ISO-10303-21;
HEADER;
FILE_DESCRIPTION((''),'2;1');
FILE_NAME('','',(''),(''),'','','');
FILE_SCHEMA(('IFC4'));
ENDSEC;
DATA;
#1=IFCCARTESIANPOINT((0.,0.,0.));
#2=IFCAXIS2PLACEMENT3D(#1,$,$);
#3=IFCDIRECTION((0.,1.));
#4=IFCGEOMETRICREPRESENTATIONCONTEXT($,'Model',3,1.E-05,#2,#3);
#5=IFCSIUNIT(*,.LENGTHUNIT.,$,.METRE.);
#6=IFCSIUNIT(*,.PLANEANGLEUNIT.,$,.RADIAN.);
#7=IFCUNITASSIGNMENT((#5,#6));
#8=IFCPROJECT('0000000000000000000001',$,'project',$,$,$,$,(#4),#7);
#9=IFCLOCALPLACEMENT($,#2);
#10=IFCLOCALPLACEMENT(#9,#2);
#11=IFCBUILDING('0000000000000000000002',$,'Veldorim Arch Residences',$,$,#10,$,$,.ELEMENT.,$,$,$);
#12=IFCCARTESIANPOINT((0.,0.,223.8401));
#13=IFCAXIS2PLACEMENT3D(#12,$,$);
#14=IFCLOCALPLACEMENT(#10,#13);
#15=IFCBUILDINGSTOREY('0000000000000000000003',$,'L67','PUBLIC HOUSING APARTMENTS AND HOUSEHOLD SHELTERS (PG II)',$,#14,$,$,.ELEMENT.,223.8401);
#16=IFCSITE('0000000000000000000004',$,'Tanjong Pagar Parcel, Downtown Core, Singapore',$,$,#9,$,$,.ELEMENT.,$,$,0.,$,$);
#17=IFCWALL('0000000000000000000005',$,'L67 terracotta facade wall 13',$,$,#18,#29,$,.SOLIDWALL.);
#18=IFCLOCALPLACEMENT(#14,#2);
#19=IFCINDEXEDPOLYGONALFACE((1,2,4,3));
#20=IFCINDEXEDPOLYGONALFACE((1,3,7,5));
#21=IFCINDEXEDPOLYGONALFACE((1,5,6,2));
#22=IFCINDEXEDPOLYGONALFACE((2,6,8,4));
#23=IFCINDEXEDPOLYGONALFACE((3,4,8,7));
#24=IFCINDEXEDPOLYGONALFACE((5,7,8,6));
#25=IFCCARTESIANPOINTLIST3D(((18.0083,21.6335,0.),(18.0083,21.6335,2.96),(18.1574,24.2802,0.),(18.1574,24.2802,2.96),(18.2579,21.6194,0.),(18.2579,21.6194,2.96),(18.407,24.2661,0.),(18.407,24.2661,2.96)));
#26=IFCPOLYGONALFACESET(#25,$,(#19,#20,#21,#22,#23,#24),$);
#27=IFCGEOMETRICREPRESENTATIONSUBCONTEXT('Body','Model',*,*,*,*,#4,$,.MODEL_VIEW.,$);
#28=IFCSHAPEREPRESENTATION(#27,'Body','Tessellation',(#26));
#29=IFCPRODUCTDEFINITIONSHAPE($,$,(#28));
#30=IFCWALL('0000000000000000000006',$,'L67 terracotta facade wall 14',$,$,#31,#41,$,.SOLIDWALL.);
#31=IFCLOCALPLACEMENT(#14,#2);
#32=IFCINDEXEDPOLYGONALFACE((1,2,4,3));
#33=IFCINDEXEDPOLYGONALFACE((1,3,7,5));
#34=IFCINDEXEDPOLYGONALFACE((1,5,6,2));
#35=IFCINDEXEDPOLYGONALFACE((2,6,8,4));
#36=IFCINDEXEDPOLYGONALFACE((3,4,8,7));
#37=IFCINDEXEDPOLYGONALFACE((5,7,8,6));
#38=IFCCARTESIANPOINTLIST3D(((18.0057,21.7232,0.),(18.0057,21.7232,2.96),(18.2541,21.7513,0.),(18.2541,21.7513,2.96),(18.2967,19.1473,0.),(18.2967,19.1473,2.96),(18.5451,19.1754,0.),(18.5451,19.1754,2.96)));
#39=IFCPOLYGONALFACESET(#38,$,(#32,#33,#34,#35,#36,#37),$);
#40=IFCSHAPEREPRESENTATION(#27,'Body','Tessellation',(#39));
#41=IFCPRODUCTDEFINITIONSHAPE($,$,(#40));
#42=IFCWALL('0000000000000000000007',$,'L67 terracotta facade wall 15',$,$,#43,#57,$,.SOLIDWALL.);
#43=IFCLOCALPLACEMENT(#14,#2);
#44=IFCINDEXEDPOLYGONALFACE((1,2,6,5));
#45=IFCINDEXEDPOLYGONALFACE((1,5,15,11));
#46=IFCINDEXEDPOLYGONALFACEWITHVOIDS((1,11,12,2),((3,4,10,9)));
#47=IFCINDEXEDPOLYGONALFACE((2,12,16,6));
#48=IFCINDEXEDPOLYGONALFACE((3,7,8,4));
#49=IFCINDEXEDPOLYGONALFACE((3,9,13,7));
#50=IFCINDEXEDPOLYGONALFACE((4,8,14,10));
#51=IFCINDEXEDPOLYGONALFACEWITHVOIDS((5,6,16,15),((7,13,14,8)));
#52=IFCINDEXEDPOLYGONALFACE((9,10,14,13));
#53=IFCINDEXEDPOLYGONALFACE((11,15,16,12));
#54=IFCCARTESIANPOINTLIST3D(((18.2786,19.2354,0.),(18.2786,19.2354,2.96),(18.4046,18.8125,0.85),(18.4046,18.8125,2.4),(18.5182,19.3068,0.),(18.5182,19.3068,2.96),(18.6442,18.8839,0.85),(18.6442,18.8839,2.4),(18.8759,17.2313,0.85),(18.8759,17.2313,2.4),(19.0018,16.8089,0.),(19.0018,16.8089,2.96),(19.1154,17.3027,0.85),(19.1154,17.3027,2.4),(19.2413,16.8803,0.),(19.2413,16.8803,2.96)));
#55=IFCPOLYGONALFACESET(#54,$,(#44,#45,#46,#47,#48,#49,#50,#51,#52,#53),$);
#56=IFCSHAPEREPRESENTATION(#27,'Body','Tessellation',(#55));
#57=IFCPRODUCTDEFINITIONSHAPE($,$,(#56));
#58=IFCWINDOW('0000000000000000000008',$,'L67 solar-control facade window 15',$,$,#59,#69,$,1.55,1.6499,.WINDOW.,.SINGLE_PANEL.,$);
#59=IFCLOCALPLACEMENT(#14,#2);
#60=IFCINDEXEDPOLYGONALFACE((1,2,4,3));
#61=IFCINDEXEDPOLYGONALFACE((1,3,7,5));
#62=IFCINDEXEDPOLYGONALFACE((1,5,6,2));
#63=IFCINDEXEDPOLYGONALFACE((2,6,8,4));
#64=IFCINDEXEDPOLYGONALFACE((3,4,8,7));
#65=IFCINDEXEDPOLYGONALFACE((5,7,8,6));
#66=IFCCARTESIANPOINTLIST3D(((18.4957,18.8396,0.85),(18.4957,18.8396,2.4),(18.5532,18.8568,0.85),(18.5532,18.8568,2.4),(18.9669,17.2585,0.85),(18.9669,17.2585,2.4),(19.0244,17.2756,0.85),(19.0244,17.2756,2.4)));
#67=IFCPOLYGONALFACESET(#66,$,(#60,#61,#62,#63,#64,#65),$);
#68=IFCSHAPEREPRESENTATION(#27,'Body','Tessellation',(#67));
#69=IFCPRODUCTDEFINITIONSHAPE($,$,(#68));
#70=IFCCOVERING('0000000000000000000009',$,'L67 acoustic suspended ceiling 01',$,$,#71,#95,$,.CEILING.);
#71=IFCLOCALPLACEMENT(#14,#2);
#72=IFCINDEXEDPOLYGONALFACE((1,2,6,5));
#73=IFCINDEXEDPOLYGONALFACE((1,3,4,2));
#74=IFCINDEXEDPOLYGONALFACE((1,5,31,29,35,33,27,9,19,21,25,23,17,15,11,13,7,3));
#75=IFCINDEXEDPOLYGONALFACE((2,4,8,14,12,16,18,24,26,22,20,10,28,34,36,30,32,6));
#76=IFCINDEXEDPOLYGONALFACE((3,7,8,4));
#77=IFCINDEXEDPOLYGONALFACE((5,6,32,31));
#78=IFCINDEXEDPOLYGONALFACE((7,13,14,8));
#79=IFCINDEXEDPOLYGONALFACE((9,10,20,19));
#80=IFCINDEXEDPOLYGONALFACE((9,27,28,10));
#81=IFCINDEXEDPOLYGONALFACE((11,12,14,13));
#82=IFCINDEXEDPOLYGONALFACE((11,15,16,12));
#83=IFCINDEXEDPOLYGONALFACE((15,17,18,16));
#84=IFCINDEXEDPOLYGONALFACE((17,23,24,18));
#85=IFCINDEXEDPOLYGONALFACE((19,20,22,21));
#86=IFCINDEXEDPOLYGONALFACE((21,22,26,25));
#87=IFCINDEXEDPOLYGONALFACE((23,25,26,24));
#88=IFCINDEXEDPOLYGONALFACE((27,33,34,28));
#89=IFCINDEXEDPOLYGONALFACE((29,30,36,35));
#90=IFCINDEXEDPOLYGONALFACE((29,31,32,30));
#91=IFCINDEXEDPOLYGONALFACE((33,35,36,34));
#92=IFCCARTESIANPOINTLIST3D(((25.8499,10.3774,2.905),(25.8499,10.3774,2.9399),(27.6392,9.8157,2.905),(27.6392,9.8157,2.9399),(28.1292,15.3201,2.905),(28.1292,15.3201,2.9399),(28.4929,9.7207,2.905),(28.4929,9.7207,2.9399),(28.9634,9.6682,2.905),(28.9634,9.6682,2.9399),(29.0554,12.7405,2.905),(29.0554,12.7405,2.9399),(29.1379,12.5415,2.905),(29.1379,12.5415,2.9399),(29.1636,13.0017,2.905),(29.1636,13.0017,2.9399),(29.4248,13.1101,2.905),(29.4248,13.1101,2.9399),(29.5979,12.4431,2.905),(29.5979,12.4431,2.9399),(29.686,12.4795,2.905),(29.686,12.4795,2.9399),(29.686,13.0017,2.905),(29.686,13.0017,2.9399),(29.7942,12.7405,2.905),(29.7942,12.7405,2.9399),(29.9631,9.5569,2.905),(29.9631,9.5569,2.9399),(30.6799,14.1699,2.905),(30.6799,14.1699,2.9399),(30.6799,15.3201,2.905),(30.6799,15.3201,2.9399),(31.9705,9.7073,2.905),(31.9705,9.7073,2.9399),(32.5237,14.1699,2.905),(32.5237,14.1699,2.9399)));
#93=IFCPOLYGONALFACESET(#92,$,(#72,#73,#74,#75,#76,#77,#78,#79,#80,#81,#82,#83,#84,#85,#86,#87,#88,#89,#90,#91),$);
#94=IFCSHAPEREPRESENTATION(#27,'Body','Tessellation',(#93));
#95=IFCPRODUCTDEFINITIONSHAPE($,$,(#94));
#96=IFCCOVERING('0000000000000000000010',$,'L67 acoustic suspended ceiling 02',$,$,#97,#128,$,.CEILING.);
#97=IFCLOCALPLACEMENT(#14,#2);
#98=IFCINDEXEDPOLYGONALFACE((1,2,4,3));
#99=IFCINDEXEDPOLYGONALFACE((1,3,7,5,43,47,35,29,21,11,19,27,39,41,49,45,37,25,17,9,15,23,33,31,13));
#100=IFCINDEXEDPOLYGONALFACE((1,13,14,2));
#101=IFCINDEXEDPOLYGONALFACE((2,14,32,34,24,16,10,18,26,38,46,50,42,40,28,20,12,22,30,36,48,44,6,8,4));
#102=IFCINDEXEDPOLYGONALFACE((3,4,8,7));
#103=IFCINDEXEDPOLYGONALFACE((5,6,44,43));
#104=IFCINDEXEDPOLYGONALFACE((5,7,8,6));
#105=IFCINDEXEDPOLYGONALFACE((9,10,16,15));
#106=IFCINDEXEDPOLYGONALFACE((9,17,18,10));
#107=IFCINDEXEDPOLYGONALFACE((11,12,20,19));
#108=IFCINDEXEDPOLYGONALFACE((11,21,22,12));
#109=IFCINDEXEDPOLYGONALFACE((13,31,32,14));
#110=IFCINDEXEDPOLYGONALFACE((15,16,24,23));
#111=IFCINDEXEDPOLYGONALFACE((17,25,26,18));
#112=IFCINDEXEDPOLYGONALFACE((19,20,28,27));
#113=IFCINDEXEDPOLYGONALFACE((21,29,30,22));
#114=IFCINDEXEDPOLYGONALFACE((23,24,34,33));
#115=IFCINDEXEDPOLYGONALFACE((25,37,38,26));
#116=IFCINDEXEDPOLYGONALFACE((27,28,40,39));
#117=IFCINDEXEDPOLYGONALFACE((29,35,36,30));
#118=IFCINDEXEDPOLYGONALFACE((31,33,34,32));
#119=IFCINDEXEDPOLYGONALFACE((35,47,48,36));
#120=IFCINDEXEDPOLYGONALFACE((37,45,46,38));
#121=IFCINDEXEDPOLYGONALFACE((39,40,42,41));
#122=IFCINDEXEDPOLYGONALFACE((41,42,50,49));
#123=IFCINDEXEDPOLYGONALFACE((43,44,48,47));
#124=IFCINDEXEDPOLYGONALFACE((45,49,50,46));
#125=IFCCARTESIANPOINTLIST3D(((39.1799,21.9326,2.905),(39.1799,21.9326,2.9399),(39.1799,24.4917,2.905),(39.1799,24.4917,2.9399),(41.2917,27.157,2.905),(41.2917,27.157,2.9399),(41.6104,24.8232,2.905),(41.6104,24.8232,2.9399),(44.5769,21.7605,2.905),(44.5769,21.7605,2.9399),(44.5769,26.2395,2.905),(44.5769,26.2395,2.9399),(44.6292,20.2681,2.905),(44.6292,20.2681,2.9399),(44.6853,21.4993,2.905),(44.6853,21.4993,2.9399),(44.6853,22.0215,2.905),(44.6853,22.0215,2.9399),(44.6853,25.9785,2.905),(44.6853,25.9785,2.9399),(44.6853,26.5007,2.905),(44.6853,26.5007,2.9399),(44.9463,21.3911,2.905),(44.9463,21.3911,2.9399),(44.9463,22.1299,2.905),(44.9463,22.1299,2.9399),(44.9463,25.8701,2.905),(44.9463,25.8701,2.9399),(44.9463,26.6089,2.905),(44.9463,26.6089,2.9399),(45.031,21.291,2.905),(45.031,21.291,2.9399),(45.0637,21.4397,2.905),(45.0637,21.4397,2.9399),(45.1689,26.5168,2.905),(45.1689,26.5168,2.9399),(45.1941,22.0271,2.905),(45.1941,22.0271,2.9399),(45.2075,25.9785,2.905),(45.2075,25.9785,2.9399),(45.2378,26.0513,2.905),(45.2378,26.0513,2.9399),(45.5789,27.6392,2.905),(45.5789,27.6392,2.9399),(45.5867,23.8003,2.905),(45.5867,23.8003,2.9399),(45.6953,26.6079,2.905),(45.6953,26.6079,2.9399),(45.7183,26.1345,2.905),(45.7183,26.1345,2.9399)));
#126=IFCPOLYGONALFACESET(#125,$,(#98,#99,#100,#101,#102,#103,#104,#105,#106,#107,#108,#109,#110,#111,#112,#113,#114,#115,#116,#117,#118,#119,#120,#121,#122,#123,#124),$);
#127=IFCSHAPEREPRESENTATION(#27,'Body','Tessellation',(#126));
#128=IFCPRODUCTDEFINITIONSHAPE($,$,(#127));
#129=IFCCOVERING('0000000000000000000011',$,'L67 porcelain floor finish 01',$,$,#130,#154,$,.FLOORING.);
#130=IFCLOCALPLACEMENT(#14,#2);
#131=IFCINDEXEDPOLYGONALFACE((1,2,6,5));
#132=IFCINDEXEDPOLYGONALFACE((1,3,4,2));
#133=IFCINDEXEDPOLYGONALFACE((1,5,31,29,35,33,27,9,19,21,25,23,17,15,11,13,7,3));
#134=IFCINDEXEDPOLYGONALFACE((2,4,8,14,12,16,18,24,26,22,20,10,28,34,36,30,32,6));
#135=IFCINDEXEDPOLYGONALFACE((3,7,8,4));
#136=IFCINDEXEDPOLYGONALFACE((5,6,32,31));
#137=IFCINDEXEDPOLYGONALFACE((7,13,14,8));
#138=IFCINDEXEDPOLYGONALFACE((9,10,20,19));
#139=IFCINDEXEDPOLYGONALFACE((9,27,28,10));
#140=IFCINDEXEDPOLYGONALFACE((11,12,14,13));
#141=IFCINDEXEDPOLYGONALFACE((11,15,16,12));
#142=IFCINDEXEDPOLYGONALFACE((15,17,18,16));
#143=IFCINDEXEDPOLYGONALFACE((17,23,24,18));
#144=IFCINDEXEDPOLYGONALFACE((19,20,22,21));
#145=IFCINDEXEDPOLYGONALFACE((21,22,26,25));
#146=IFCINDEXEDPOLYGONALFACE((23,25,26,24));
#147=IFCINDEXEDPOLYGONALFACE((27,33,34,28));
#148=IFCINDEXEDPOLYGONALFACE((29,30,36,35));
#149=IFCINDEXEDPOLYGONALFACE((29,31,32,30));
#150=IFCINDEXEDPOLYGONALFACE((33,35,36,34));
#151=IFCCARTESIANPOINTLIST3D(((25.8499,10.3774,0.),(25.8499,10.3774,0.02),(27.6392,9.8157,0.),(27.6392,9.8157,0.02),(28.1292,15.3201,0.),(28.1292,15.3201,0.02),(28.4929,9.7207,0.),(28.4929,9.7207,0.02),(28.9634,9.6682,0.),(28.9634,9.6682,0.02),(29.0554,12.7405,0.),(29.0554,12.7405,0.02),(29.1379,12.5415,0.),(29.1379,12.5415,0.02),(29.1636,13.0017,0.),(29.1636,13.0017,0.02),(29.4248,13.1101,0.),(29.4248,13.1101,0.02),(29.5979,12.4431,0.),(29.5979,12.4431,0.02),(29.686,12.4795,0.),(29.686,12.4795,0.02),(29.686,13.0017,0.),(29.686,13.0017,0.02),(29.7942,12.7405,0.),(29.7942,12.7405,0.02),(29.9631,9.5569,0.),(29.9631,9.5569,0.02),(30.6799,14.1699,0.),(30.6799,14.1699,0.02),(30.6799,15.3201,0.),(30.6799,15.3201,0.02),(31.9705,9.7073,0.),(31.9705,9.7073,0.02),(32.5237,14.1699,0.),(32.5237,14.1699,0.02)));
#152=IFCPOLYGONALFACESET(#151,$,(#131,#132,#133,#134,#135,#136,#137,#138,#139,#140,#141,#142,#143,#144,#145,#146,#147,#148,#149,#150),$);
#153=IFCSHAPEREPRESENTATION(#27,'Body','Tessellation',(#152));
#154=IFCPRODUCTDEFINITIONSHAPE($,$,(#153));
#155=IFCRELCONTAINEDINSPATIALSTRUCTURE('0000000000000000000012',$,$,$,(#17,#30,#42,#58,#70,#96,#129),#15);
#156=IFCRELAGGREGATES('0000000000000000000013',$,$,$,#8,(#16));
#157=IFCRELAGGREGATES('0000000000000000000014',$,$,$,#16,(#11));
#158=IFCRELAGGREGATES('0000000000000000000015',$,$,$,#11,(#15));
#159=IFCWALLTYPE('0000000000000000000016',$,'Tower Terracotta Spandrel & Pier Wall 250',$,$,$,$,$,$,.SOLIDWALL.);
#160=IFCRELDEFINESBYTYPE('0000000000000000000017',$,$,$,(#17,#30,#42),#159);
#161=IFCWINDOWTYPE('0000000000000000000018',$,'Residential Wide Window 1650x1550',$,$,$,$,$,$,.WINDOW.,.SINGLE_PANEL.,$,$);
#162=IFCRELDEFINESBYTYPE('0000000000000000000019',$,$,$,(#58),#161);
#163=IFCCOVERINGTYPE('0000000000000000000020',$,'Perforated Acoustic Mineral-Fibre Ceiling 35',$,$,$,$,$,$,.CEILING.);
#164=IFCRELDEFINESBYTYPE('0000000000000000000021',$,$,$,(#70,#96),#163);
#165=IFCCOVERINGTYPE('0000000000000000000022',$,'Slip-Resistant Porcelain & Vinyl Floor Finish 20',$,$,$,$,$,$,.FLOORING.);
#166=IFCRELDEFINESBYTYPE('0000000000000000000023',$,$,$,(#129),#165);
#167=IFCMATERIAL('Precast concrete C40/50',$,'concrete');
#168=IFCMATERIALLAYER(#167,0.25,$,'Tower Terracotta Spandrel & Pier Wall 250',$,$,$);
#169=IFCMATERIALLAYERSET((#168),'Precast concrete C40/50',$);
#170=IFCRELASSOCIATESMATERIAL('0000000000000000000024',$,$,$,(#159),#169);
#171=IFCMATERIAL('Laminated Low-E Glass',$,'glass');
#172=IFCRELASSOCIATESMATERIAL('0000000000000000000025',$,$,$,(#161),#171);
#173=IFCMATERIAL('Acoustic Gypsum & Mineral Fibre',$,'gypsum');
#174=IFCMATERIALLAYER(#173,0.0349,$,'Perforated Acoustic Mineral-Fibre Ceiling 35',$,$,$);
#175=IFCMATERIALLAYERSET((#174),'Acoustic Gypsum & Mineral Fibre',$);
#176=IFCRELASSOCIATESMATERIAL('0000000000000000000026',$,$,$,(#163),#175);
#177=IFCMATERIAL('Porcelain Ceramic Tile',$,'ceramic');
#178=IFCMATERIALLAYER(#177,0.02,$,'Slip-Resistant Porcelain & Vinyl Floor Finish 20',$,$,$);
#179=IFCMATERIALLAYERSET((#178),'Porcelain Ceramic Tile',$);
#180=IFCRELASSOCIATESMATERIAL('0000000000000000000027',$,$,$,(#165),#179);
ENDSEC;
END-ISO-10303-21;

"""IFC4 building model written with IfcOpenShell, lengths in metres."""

from ifc_helpers import new_model, si_unit, direction, frame, frame_2d, origin, place, context, subcontext, project, spatial, polyline, rectangle, outline, extrude, material, layer, layer_set, type_object, element, fill, save


model = new_model("IFC4")

# Units and contexts
model_context = context("Model", 3, precision=1e-05, world=origin(), true_north=direction((0.0, 1.0)))
body_context = subcontext(model_context, "Body", "Model", "MODEL_VIEW")
ifc_project = project(units=[si_unit("LENGTHUNIT", "METRE"), si_unit("PLANEANGLEUNIT", "RADIAN")], contexts=[model_context])

# Site, building, storey
site_placement = place(None, origin())
site = spatial("IfcSite", under=ifc_project, at=site_placement, Name="Tanjong Pagar Parcel, Downtown Core, Singapore", CompositionType="ELEMENT", RefElevation=0.0)
building_placement = place(site_placement, origin())
building = spatial("IfcBuilding", under=site, at=building_placement, Name="Veldorim Arch Residences", CompositionType="ELEMENT")
storey_placement = place(building_placement, frame((0.0, 0.0, 223.8401)))
storey = spatial("IfcBuildingStorey", under=building, at=storey_placement, Name="L67", Description="PUBLIC HOUSING APARTMENTS AND HOUSEHOLD SHELTERS (PG II)", CompositionType="ELEMENT", Elevation=223.8401)

# Walls
ifc_material_1 = material(Name="Precast concrete C40/50", Category="concrete")
ifc_layer_1 = layer(ifc_material_1, 0.25, Name="Tower Terracotta Spandrel & Pier Wall 250")
ifc_layer_set_1 = layer_set([ifc_layer_1], Name="Precast concrete C40/50")
wall_type = type_object("IfcWallType", Name="Tower Terracotta Spandrel & Pier Wall 250", PredefinedType="SOLIDWALL", material=ifc_layer_set_1)
wall_1_placement = place(storey_placement, frame((18.1331, 21.6265, 0.0), z_axis=(0.0, 0.0, 1.0), x_axis=(0.056271, 0.998416, 0.0)))
element("IfcWall", 1, at=wall_1_placement, inside=storey, type_object=wall_type, Name="L67 terracotta facade wall 13", PredefinedType="SOLIDWALL", context=body_context, shape_type="SweptSolid", body=[
    extrude(rectangle(XDim=2.6509, YDim=0.25, at=frame_2d((1.3254, 0.0))), origin(), (0.0, 0.0, 1.0), 2.96),
])
wall_2_placement = place(storey_placement, frame((18.4209, 19.1614, 0.0), z_axis=(0.0, 0.0, 1.0), x_axis=(-0.112261, 0.993679, 0.0)))
element("IfcWall", 2, at=wall_2_placement, inside=storey, type_object=wall_type, Name="L67 terracotta facade wall 14", PredefinedType="SOLIDWALL", context=body_context, shape_type="SweptSolid", body=[
    extrude(rectangle(XDim=2.5923, YDim=0.25, at=frame_2d((1.2961, 0.0))), origin(), (0.0, 0.0, 1.0), 2.96),
])

# Wall, opening, window
wall_3_placement = place(storey_placement, frame((19.1216, 16.8445, 0.0), z_axis=(0.0, 0.0, 1.0), x_axis=(-0.285605, 0.958348, 0.0)))
wall_3 = element("IfcWall", 3, at=wall_3_placement, inside=storey, type_object=wall_type, Name="L67 terracotta facade wall 15", PredefinedType="SOLIDWALL", context=body_context, shape_type="SweptSolid", body=[
    extrude(rectangle(XDim=2.532, YDim=0.25, at=frame_2d((1.2661, 0.0))), origin(), (0.0, 0.0, 1.0), 2.96),
])
opening_placement = place(wall_3_placement, frame((0.4409, 0.0, 0.8501)))
opening = element("IfcOpeningElement", 4, at=opening_placement, cuts=wall_3, PredefinedType="OPENING", context=body_context, shape_type="SweptSolid", body=[
    extrude(rectangle(XDim=1.6499, YDim=1.55, at=frame_2d((0.825, 0.7749))), frame((0.0, 0.135, 0.0), z_axis=(0.0, -1.0, 0.0), x_axis=(1.0, 0.0, 0.0)), (0.0, 0.0, 1.0), 0.27),
])
ifc_material_2 = material(Name="Laminated Low-E Glass", Category="glass")
window_type = type_object("IfcWindowType", Name="Residential Wide Window 1650x1550", PartitioningType="SINGLE_PANEL", PredefinedType="WINDOW", material=ifc_material_2)
window_placement = place(opening_placement, origin())
window = element("IfcWindow", 5, at=window_placement, inside=storey, type_object=window_type, Name="L67 solar-control facade window 15", OverallHeight=1.55, OverallWidth=1.6499, PartitioningType="SINGLE_PANEL", PredefinedType="WINDOW", context=body_context, shape_type="SweptSolid", body=[
    extrude(rectangle(XDim=1.6499, YDim=1.55, at=frame_2d((0.825, 0.7749))), frame((0.0, 0.03, 0.0), z_axis=(0.0, -1.0, 0.0), x_axis=(1.0, 0.0, 0.0)), (0.0, 0.0, 1.0), 0.0601),
])
fill(opening, window)

# Coverings
ifc_material_3 = material(Name="Acoustic Gypsum & Mineral Fibre", Category="gypsum")
ifc_layer_2 = layer(ifc_material_3, 0.0349, Name="Perforated Acoustic Mineral-Fibre Ceiling 35")
ifc_layer_set_2 = layer_set([ifc_layer_2], Name="Acoustic Gypsum & Mineral Fibre")
covering_type_1 = type_object("IfcCoveringType", Name="Perforated Acoustic Mineral-Fibre Ceiling 35", PredefinedType="CEILING", material=ifc_layer_set_2)
covering_1_placement = place(storey_placement, frame((0.0, 0.0, 2.905)))
element("IfcCovering", 6, at=covering_1_placement, inside=storey, type_object=covering_type_1, Name="L67 acoustic suspended ceiling 01", PredefinedType="CEILING", context=body_context, shape_type="SweptSolid", body=[
    extrude(outline(polyline([(29.5979, 12.4431), (29.686, 12.4795), (29.7942, 12.7405), (29.686, 13.0017), (29.4248, 13.1101), (29.1636, 13.0017), (29.0554, 12.7405), (29.1379, 12.5415), (28.4929, 9.7207), (27.6392, 9.8157), (25.8499, 10.3774), (28.1292, 15.3201), (30.6799, 15.3201), (30.6799, 14.1699), (32.5237, 14.1699), (31.9705, 9.7073), (29.9631, 9.5569), (28.9634, 9.6682), (29.5979, 12.4431)])), origin(), (0.0, 0.0, 1.0), 0.0349),
])
covering_2_placement = place(storey_placement, frame((0.0, 0.0, 2.905)))
element("IfcCovering", 7, at=covering_2_placement, inside=storey, type_object=covering_type_1, Name="L67 acoustic suspended ceiling 02", PredefinedType="CEILING", context=body_context, shape_type="SweptSolid", body=[
    extrude(outline(polyline([(45.031, 21.291), (44.6292, 20.2681), (39.1799, 21.9326), (39.1799, 24.4917), (41.6104, 24.8232), (41.2917, 27.157), (45.5789, 27.6392), (45.6953, 26.6079), (45.1689, 26.5168), (44.9463, 26.6089), (44.6853, 26.5007), (44.5769, 26.2395), (44.6853, 25.9785), (44.9463, 25.8701), (45.2075, 25.9785), (45.2378, 26.0513), (45.7183, 26.1345), (45.5867, 23.8003), (45.1941, 22.0271), (44.9463, 22.1299), (44.6853, 22.0215), (44.5769, 21.7605), (44.6853, 21.4993), (44.9463, 21.3911), (45.0637, 21.4397), (45.031, 21.291)])), origin(), (0.0, 0.0, 1.0), 0.0349),
])
ifc_material_4 = material(Name="Porcelain Ceramic Tile", Category="ceramic")
ifc_layer_3 = layer(ifc_material_4, 0.02, Name="Slip-Resistant Porcelain & Vinyl Floor Finish 20")
ifc_layer_set_3 = layer_set([ifc_layer_3], Name="Porcelain Ceramic Tile")
covering_type_2 = type_object("IfcCoveringType", Name="Slip-Resistant Porcelain & Vinyl Floor Finish 20", PredefinedType="FLOORING", material=ifc_layer_set_3)
covering_3_placement = place(storey_placement, origin())
element("IfcCovering", 8, at=covering_3_placement, inside=storey, type_object=covering_type_2, Name="L67 porcelain floor finish 01", PredefinedType="FLOORING", context=body_context, shape_type="SweptSolid", body=[
    extrude(outline(polyline([(29.5979, 12.4431), (29.686, 12.4795), (29.7942, 12.7405), (29.686, 13.0017), (29.4248, 13.1101), (29.1636, 13.0017), (29.0554, 12.7405), (29.1379, 12.5415), (28.4929, 9.7207), (27.6392, 9.8157), (25.8499, 10.3774), (28.1292, 15.3201), (30.6799, 15.3201), (30.6799, 14.1699), (32.5237, 14.1699), (31.9705, 9.7073), (29.9631, 9.5569), (28.9634, 9.6682), (29.5979, 12.4431)])), origin(), (0.0, 0.0, 1.0), 0.02),
])

save(model, "model.ifc")
